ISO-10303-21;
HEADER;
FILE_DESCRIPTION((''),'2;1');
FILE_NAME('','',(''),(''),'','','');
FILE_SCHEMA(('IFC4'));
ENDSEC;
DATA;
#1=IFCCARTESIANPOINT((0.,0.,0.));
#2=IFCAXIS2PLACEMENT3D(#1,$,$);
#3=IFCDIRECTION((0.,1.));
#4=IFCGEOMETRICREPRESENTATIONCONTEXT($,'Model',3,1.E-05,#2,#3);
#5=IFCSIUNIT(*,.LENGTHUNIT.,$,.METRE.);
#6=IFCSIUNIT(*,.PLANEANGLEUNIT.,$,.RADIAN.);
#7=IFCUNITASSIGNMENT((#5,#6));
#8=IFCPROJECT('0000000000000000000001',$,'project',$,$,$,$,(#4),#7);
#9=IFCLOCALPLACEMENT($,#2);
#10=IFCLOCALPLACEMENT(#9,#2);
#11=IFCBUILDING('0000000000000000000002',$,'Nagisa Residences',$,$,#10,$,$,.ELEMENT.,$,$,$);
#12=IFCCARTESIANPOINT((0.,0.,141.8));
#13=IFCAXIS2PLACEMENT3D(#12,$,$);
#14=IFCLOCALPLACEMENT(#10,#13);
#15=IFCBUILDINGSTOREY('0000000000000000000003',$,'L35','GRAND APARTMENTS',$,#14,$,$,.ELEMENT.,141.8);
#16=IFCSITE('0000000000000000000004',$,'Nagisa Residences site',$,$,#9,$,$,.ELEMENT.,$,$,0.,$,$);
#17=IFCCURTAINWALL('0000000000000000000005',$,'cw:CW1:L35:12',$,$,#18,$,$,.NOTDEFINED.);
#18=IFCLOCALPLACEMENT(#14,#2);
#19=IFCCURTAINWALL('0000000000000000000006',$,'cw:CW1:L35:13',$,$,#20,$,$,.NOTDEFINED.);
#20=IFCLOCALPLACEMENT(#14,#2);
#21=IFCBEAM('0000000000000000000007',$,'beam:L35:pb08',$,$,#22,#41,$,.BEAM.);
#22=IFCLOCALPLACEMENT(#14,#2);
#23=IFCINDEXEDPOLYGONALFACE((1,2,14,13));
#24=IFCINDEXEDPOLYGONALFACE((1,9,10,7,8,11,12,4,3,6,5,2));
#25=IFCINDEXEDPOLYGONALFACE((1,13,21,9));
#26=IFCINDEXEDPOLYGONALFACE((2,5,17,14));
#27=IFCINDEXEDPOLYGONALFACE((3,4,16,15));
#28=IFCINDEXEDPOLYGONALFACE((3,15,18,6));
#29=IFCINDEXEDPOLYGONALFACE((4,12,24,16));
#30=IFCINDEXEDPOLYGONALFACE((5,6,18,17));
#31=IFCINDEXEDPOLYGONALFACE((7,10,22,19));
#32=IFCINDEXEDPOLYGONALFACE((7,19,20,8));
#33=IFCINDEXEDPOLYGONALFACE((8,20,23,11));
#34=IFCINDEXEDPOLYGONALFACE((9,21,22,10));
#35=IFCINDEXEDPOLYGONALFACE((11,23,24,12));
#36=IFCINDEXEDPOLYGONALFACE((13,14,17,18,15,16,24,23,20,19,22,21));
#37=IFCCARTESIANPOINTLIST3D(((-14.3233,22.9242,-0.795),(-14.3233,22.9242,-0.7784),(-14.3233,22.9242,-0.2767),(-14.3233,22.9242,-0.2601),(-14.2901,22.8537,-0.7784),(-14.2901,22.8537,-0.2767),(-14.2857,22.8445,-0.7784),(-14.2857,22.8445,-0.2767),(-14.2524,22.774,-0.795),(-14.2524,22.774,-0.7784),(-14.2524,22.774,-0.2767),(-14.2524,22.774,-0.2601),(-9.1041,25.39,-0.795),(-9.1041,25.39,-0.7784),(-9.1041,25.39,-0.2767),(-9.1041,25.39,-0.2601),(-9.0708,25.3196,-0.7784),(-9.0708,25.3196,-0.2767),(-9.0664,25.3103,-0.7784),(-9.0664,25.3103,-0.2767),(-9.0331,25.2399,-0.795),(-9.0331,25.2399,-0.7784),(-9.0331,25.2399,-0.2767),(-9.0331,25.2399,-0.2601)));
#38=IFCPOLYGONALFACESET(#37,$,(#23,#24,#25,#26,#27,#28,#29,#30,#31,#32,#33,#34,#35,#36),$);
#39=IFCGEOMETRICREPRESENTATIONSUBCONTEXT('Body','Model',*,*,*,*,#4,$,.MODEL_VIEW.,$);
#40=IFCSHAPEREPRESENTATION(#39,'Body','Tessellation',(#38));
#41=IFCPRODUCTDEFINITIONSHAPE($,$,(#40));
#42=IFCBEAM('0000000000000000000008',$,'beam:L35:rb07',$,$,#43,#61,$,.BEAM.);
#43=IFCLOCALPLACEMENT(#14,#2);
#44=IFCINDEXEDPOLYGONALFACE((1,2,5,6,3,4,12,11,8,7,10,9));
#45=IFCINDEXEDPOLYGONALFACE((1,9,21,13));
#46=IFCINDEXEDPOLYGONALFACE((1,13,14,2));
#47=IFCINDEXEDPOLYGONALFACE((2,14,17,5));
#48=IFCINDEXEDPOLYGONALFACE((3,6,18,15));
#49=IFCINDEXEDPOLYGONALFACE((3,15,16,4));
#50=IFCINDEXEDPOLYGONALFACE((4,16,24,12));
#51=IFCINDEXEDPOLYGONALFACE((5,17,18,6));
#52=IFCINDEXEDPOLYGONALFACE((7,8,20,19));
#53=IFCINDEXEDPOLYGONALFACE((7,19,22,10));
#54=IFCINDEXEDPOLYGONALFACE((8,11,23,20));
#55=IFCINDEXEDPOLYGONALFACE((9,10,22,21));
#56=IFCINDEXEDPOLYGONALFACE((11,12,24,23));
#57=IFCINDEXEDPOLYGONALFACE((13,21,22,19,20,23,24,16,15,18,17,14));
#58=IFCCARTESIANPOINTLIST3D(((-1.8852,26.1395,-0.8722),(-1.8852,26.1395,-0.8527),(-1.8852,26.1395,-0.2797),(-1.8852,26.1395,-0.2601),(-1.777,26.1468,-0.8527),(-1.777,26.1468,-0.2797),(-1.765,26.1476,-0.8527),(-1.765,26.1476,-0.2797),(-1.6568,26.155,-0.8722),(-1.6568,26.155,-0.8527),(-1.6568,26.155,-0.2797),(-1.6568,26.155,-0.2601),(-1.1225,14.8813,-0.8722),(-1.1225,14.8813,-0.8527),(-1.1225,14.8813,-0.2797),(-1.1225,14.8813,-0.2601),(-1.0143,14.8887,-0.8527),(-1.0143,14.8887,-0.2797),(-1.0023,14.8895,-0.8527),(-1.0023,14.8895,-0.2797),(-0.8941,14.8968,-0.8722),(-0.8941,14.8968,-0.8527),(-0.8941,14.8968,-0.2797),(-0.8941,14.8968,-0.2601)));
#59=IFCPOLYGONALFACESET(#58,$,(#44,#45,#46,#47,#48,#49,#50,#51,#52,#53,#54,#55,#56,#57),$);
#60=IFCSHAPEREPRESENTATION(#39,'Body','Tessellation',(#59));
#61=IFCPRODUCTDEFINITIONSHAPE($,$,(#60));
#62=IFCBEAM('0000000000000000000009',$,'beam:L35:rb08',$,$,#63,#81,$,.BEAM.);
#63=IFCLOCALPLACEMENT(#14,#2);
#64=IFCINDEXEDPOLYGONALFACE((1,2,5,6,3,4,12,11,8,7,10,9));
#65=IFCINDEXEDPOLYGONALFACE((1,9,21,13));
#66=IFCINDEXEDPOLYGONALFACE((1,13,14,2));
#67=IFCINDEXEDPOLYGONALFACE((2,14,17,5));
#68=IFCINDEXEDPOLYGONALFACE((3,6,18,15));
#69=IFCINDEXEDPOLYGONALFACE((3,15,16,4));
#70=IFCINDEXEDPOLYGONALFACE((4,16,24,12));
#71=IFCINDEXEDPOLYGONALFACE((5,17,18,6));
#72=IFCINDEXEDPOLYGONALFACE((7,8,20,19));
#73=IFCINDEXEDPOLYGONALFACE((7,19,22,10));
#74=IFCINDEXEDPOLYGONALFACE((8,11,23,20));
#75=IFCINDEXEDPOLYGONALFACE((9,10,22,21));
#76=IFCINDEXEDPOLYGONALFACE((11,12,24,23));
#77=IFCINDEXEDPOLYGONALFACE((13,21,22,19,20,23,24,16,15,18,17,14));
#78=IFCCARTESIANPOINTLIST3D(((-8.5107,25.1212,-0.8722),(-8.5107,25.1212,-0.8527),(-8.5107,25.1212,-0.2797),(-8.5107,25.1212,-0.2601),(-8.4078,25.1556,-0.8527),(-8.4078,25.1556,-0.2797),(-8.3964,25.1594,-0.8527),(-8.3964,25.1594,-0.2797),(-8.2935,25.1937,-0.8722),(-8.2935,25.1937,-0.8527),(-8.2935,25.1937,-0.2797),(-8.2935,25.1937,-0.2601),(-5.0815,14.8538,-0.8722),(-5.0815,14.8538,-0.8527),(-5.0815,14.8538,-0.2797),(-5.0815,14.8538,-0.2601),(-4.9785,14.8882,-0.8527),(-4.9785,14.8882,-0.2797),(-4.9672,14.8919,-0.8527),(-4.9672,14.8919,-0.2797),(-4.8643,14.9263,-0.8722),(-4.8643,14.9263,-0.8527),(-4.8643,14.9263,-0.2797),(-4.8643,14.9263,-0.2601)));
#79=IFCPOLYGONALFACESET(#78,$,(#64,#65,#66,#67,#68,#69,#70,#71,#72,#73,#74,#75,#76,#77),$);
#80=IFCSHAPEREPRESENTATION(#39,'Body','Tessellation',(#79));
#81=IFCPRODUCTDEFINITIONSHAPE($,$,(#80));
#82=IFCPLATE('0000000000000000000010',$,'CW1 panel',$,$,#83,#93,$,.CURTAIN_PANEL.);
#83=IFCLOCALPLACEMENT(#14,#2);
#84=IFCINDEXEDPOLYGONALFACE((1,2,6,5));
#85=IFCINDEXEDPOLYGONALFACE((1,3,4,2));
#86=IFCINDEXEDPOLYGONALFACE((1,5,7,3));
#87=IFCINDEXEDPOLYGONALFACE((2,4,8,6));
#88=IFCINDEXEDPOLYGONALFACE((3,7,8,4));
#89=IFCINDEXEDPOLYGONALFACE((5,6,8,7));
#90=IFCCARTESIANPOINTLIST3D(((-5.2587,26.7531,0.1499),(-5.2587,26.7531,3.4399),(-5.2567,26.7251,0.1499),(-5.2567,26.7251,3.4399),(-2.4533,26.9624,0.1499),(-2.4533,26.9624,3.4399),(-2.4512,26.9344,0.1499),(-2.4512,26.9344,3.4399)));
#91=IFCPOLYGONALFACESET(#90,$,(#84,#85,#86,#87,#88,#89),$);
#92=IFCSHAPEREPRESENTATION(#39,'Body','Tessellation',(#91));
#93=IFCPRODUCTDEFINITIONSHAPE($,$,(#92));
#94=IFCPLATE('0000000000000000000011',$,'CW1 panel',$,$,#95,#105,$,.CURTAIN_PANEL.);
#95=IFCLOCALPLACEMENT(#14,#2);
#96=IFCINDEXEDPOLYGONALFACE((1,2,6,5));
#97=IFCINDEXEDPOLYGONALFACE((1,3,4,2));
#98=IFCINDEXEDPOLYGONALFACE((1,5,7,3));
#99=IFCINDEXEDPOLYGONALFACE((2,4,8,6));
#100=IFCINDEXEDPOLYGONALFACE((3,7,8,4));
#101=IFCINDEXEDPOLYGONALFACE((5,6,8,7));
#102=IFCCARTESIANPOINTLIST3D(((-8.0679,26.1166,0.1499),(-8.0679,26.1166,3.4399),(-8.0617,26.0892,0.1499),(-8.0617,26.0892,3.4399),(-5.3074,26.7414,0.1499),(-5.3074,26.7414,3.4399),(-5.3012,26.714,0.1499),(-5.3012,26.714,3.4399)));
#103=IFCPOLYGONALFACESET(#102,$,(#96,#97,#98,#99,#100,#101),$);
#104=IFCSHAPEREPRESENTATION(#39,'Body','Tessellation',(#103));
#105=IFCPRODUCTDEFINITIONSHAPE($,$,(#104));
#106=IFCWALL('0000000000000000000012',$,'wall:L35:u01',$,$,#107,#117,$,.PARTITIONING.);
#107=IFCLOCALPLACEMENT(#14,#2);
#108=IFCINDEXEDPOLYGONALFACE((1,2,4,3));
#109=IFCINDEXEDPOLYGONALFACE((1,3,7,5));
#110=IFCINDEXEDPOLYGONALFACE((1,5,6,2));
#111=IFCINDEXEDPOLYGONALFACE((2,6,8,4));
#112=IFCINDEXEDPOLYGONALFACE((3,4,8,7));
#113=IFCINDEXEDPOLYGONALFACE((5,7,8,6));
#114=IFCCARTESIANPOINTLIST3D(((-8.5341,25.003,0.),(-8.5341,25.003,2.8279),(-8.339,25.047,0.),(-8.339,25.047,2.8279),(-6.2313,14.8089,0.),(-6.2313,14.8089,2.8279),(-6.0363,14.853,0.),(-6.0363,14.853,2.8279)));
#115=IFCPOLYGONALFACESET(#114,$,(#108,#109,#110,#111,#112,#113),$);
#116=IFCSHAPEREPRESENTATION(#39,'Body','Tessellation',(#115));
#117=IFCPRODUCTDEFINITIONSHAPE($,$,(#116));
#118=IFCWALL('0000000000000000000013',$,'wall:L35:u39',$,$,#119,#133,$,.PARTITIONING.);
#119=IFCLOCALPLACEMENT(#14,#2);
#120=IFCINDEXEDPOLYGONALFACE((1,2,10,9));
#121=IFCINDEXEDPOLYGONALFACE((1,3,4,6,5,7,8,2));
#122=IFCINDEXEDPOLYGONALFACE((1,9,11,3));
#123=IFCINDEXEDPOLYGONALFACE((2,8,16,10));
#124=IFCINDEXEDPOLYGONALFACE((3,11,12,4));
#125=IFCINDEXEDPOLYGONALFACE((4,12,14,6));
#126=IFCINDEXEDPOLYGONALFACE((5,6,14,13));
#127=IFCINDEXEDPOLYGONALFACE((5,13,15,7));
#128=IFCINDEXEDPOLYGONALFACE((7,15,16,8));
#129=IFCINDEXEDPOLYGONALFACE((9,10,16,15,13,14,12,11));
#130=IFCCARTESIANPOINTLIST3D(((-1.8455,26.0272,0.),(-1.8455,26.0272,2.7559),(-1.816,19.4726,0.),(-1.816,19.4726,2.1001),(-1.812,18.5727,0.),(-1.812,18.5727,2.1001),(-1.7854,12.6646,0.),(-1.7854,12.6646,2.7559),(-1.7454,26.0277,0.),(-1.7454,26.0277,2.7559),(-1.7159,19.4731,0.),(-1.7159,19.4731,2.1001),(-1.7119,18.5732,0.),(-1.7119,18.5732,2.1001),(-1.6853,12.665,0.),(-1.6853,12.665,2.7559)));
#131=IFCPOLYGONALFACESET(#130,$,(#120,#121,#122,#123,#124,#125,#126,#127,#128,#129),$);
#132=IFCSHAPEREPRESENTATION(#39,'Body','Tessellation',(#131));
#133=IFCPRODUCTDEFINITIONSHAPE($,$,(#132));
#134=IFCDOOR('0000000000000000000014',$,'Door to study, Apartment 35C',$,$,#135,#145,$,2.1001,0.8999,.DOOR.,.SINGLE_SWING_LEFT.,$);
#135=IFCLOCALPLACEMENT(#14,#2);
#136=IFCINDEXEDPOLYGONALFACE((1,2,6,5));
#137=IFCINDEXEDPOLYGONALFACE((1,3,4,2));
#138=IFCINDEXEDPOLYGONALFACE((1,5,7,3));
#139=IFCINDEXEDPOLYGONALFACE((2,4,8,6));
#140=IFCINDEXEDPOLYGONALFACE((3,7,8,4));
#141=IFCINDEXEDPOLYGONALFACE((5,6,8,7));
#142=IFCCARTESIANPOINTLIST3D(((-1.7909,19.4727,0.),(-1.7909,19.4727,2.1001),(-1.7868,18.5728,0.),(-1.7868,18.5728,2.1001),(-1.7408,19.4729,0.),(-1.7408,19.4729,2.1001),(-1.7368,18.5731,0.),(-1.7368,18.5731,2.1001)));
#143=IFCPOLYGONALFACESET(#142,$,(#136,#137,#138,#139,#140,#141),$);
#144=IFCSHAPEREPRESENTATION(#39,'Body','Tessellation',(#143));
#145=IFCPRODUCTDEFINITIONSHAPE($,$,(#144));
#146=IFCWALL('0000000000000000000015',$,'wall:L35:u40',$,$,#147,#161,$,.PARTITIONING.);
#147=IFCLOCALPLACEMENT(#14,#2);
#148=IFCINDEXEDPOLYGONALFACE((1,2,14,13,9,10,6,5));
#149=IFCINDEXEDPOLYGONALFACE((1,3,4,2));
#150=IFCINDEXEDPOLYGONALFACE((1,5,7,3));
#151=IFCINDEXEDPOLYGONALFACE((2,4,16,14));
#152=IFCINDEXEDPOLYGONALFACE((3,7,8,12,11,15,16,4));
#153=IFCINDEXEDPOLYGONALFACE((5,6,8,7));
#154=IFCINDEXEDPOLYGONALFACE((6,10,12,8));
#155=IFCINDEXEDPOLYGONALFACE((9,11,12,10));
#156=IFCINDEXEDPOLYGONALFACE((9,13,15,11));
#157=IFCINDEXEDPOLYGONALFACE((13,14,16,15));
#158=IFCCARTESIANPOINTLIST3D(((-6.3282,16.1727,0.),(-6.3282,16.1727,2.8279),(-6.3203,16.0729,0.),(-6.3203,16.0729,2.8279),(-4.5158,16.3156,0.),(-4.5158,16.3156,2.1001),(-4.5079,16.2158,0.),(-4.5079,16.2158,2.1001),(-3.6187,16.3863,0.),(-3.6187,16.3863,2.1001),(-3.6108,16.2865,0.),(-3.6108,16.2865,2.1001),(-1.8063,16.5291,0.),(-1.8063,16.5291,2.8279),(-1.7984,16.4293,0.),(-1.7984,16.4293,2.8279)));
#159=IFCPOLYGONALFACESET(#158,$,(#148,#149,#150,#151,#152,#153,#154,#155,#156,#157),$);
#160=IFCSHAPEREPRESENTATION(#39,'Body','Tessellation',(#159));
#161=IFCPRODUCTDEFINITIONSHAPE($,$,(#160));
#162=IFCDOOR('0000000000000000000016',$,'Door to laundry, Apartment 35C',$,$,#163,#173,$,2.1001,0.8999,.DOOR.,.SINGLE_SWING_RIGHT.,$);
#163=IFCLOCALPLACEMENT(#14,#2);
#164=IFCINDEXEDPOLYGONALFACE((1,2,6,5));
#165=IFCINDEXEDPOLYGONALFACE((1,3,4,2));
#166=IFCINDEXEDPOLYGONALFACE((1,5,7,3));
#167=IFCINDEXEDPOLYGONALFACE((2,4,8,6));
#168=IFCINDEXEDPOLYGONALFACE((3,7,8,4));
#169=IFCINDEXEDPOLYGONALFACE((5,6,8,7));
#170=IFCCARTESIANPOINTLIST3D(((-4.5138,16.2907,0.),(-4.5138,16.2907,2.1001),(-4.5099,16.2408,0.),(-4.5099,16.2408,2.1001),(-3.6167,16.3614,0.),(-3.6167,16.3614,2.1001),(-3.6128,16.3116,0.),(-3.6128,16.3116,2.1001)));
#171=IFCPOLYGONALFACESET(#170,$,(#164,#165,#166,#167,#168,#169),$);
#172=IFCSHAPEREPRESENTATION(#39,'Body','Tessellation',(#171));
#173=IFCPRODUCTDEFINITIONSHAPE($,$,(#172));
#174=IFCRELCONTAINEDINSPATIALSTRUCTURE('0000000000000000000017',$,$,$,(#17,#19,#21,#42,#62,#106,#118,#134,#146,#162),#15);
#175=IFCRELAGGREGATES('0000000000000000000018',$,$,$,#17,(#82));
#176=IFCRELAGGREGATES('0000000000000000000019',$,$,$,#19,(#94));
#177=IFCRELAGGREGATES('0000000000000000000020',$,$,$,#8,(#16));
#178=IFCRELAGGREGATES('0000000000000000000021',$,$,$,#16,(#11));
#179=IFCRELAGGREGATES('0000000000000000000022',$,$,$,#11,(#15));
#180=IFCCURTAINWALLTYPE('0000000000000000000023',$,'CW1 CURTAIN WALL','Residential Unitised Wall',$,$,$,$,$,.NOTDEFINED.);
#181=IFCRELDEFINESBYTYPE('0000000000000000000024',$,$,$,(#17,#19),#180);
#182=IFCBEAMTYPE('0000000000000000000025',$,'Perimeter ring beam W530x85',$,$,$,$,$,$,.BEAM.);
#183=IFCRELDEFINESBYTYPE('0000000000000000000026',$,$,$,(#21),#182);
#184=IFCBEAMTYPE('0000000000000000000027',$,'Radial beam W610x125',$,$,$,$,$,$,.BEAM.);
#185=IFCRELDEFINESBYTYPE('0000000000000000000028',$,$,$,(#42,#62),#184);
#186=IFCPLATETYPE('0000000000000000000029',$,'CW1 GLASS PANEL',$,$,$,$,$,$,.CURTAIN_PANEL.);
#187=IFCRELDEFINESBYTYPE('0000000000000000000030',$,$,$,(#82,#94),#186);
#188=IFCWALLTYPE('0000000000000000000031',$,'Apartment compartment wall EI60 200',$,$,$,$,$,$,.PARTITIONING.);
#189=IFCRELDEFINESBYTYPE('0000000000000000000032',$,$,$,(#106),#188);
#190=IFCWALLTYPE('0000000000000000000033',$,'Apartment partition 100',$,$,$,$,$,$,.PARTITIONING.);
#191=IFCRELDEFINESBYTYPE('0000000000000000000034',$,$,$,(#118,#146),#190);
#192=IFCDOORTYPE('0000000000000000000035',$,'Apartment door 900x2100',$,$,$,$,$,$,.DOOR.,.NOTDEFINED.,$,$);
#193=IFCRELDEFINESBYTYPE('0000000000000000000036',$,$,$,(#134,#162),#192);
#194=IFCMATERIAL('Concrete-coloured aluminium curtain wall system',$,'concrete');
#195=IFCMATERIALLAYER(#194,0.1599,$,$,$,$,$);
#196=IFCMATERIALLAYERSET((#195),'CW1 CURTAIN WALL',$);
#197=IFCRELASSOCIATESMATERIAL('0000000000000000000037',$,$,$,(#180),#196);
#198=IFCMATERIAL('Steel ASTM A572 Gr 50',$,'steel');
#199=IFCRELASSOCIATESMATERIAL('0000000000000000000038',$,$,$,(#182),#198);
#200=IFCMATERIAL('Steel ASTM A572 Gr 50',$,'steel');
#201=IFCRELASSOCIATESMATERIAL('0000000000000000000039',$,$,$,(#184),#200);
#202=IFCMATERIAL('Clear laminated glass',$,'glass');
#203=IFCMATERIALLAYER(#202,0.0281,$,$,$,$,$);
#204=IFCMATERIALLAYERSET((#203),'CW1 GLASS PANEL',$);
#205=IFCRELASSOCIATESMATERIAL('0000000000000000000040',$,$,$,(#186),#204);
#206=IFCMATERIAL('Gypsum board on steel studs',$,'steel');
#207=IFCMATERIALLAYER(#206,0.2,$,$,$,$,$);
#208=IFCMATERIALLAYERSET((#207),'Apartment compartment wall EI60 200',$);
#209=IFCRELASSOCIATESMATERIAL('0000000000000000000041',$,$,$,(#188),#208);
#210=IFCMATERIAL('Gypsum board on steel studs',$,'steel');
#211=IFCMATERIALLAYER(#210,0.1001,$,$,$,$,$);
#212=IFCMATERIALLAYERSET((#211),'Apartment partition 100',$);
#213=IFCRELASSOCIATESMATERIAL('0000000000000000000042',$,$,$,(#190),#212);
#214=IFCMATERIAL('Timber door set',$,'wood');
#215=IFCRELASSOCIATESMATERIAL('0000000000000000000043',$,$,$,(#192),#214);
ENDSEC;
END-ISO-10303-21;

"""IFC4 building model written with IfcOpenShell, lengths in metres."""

from ifc_helpers import new_model, si_unit, direction, frame, frame_2d, origin, origin_2d, place, context, subcontext, project, spatial, rectangle, i_section, extrude, material, layer, layer_set, material_profile, profile_set, type_object, element, fill, aggregate, save


model = new_model("IFC4")

# Units and contexts
model_context = context("Model", 3, precision=1e-05, world=origin(), true_north=direction((0.0, 1.0)))
body_context = subcontext(model_context, "Body", "Model", "MODEL_VIEW")
ifc_project = project(units=[si_unit("LENGTHUNIT", "METRE"), si_unit("PLANEANGLEUNIT", "RADIAN")], contexts=[model_context])

# Site, building, storey
site_placement = place(None, origin())
site = spatial("IfcSite", under=ifc_project, at=site_placement, Name="Nagisa Residences site", CompositionType="ELEMENT", RefElevation=0.0)
building_placement = place(site_placement, origin())
building = spatial("IfcBuilding", under=site, at=building_placement, Name="Nagisa Residences", CompositionType="ELEMENT")
storey_placement = place(building_placement, frame((0.0, 0.0, 141.8)))
storey = spatial("IfcBuildingStorey", under=building, at=storey_placement, Name="L35", Description="GRAND APARTMENTS", CompositionType="ELEMENT", Elevation=141.8)

# Curtain walls
ifc_material_1 = material(Name="Concrete-coloured aluminium curtain wall system", Category="concrete")
ifc_layer_1 = layer(ifc_material_1, 0.1599)
ifc_layer_set_1 = layer_set([ifc_layer_1], Name="CW1 CURTAIN WALL")
curtain_wall_type = type_object("IfcCurtainWallType", Name="CW1 CURTAIN WALL", Description="Residential Unitised Wall", PredefinedType="NOTDEFINED", material=ifc_layer_set_1)
curtain_wall_1_placement = place(storey_placement, origin())
curtain_wall_1 = element("IfcCurtainWall", 1, at=curtain_wall_1_placement, inside=storey, type_object=curtain_wall_type, Name="cw:CW1:L35:12", PredefinedType="NOTDEFINED")
curtain_wall_2_placement = place(storey_placement, origin())
curtain_wall_2 = element("IfcCurtainWall", 2, at=curtain_wall_2_placement, inside=storey, type_object=curtain_wall_type, Name="cw:CW1:L35:13", PredefinedType="NOTDEFINED")

# Beams
ifc_material_2 = material(Name="Steel ASTM A572 Gr 50", Category="steel")
ifc_material_profile_1 = material_profile(ifc_material_2, i_section(OverallWidth=0.166, OverallDepth=0.5349, WebThickness=0.0103, FlangeThickness=0.0166, at=origin_2d()), Name="W530x85")
ifc_profile_set_1 = profile_set([ifc_material_profile_1], Name="Steel ASTM A572 Gr 50")
beam_type_1 = type_object("IfcBeamType", Name="Perimeter ring beam W530x85", PredefinedType="BEAM", material=ifc_profile_set_1)
beam_1_placement = place(storey_placement, frame((-9.0686, 25.3149, -0.5276), z_axis=(-0.90417, -0.427173, 0.0), x_axis=(0.427173, -0.90417, 0.0)))
element("IfcBeam", 3, at=beam_1_placement, inside=storey, type_object=beam_type_1, Name="beam:L35:pb08", PredefinedType="BEAM", context=body_context, shape_type="SweptSolid", body=[
    extrude(i_section(OverallWidth=0.166, OverallDepth=0.5349, WebThickness=0.0103, FlangeThickness=0.0166, at=origin_2d()), origin(), (0.0, 0.0, 1.0), 5.7725),
])
ifc_material_3 = material(Name="Steel ASTM A572 Gr 50", Category="steel")
ifc_material_profile_2 = material_profile(ifc_material_3, i_section(OverallWidth=0.229, OverallDepth=0.6121, WebThickness=0.012, FlangeThickness=0.0195, at=origin_2d()), Name="W610x125")
ifc_profile_set_2 = profile_set([ifc_material_profile_2], Name="Steel ASTM A572 Gr 50")
beam_type_2 = type_object("IfcBeamType", Name="Radial beam W610x125", PredefinedType="BEAM", material=ifc_profile_set_2)
beam_2_placement = place(storey_placement, frame((-1.771, 26.1472, -0.5662), z_axis=(0.067592, -0.997713, 0.0), x_axis=(0.997713, 0.067592, 0.0)))
element("IfcBeam", 4, at=beam_2_placement, inside=storey, type_object=beam_type_2, Name="beam:L35:rb07", PredefinedType="BEAM", context=body_context, shape_type="SweptSolid", body=[
    extrude(i_section(OverallWidth=0.229, OverallDepth=0.6121, WebThickness=0.012, FlangeThickness=0.0195, at=origin_2d()), origin(), (0.0, 0.0, 1.0), 11.2839),
])
beam_3_placement = place(storey_placement, frame((-8.4021, 25.1575, -0.5662), z_axis=(0.316789, -0.948496, 0.0), x_axis=(0.948496, 0.316789, 0.0)))
element("IfcBeam", 5, at=beam_3_placement, inside=storey, type_object=beam_type_2, Name="beam:L35:rb08", PredefinedType="BEAM", context=body_context, shape_type="SweptSolid", body=[
    extrude(i_section(OverallWidth=0.229, OverallDepth=0.6121, WebThickness=0.012, FlangeThickness=0.0195, at=origin_2d()), origin(), (0.0, 0.0, 1.0), 10.825),
])

# Plates
ifc_material_4 = material(Name="Clear laminated glass", Category="glass")
ifc_layer_2 = layer(ifc_material_4, 0.0281)
ifc_layer_set_2 = layer_set([ifc_layer_2], Name="CW1 GLASS PANEL")
plate_type = type_object("IfcPlateType", Name="CW1 GLASS PANEL", PredefinedType="CURTAIN_PANEL", material=ifc_layer_set_2)
plate_1_placement = place(storey_placement, frame((-3.855, 26.8438, 0.1499), z_axis=(0.0, 0.0, 1.0), x_axis=(-0.99723, -0.074377, 0.0)))
plate_1 = element("IfcPlate", 6, at=plate_1_placement, type_object=plate_type, Name="CW1 panel", PredefinedType="CURTAIN_PANEL", context=body_context, shape_type="SweptSolid", body=[
    extrude(rectangle(XDim=2.8132, YDim=0.0281, at=origin_2d()), origin(), (0.0, 0.0, 1.0), 3.29),
])
aggregate(curtain_wall_1, [plate_1])
plate_2_placement = place(storey_placement, frame((-6.6846, 26.4153, 0.1499), z_axis=(0.0, 0.0, 1.0), x_axis=(-0.975327, -0.220764, 0.0)))
plate_2 = element("IfcPlate", 7, at=plate_2_placement, type_object=plate_type, Name="CW1 panel", PredefinedType="CURTAIN_PANEL", context=body_context, shape_type="SweptSolid", body=[
    extrude(rectangle(XDim=2.8303, YDim=0.0281, at=origin_2d()), origin(), (0.0, 0.0, 1.0), 3.29),
])
aggregate(curtain_wall_2, [plate_2])

# Wall
ifc_material_5 = material(Name="Gypsum board on steel studs", Category="steel")
ifc_layer_3 = layer(ifc_material_5, 0.2)
ifc_layer_set_3 = layer_set([ifc_layer_3], Name="Apartment compartment wall EI60 200")
wall_type_1 = type_object("IfcWallType", Name="Apartment compartment wall EI60 200", PredefinedType="PARTITIONING", material=ifc_layer_set_3)
wall_1_placement = place(storey_placement, frame((-6.1338, 14.8308, 0.0), z_axis=(0.0, 0.0, 1.0), x_axis=(-0.220338, 0.975424, 0.0)))
element("IfcWall", 8, at=wall_1_placement, inside=storey, type_object=wall_type_1, Name="wall:L35:u01", PredefinedType="PARTITIONING", context=body_context, shape_type="SweptSolid", body=[
    extrude(rectangle(XDim=10.4509, YDim=0.2, at=frame_2d((5.2256, 0.0))), origin(), (0.0, 0.0, 1.0), 2.8279),
])

# Walls, openings, doors
ifc_material_6 = material(Name="Gypsum board on steel studs", Category="steel")
ifc_layer_4 = layer(ifc_material_6, 0.1001)
ifc_layer_set_4 = layer_set([ifc_layer_4], Name="Apartment partition 100")
wall_type_2 = type_object("IfcWallType", Name="Apartment partition 100", PredefinedType="PARTITIONING", material=ifc_layer_set_4)
wall_2_placement = place(storey_placement, frame((-1.7354, 12.6648, 0.0), z_axis=(0.0, 0.0, 1.0), x_axis=(-0.004495, 0.99999, 0.0)))
wall_2 = element("IfcWall", 9, at=wall_2_placement, inside=storey, type_object=wall_type_2, Name="wall:L35:u39", PredefinedType="PARTITIONING", context=body_context, shape_type="SweptSolid", body=[
    extrude(rectangle(XDim=13.3628, YDim=0.1001, at=frame_2d((6.6814, 0.0))), origin(), (0.0, 0.0, 1.0), 2.7559),
])
opening_1_placement = place(wall_2_placement, frame((5.9082, 0.0, 0.0)))
opening_1 = element("IfcOpeningElement", 10, at=opening_1_placement, cuts=wall_2, PredefinedType="OPENING", context=body_context, shape_type="SweptSolid", body=[
    extrude(rectangle(XDim=0.8999, YDim=2.1001, at=frame_2d((0.45, 1.05))), frame((0.0, 0.0601, 0.0), z_axis=(0.0, -1.0, 0.0), x_axis=(1.0, 0.0, 0.0)), (0.0, 0.0, 1.0), 0.1201),
])
ifc_material_7 = material(Name="Timber door set", Category="wood")
door_type_1 = type_object("IfcDoorType", Name="Apartment door 900x2100", OperationType="NOTDEFINED", PredefinedType="DOOR", material=ifc_material_7)
door_1_placement = place(opening_1_placement, origin())
door_1 = element("IfcDoor", 11, at=door_1_placement, inside=storey, type_object=door_type_1, Name="Door to study, Apartment 35C", OperationType="SINGLE_SWING_LEFT", OverallHeight=2.1001, OverallWidth=0.8999, PredefinedType="DOOR", context=body_context, shape_type="SweptSolid", body=[
    extrude(rectangle(XDim=0.8999, YDim=2.1001, at=frame_2d((0.45, 1.05))), frame((0.0, 0.0249, 0.0), z_axis=(0.0, -1.0, 0.0), x_axis=(1.0, 0.0, 0.0)), (0.0, 0.0, 1.0), 0.05),
])
fill(opening_1, door_1)
wall_3_placement = place(storey_placement, frame((-1.8022, 16.4792, 0.0), z_axis=(0.0, 0.0, 1.0), x_axis=(-0.996908, -0.078581, 0.0)))
wall_3 = element("IfcWall", 12, at=wall_3_placement, inside=storey, type_object=wall_type_2, Name="wall:L35:u40", PredefinedType="PARTITIONING", context=body_context, shape_type="SweptSolid", body=[
    extrude(rectangle(XDim=4.5359, YDim=0.1001, at=frame_2d((2.2681, 0.0))), origin(), (0.0, 0.0, 1.0), 2.8279),
])
opening_2_placement = place(wall_3_placement, frame((1.8181, 0.0, 0.0)))
opening_2 = element("IfcOpeningElement", 13, at=opening_2_placement, cuts=wall_3, PredefinedType="OPENING", context=body_context, shape_type="SweptSolid", body=[
    extrude(rectangle(XDim=0.8999, YDim=2.1001, at=frame_2d((0.45, 1.05))), frame((0.0, 0.0601, 0.0), z_axis=(0.0, -1.0, 0.0), x_axis=(1.0, 0.0, 0.0)), (0.0, 0.0, 1.0), 0.1201),
])
door_2_placement = place(opening_2_placement, origin())
door_2 = element("IfcDoor", 14, at=door_2_placement, inside=storey, type_object=door_type_1, Name="Door to laundry, Apartment 35C", OperationType="SINGLE_SWING_RIGHT", OverallHeight=2.1001, OverallWidth=0.8999, PredefinedType="DOOR", context=body_context, shape_type="SweptSolid", body=[
    extrude(rectangle(XDim=0.8999, YDim=2.1001, at=frame_2d((0.45, 1.05))), frame((0.0, 0.0249, 0.0), z_axis=(0.0, -1.0, 0.0), x_axis=(1.0, 0.0, 0.0)), (0.0, 0.0, 1.0), 0.05),
])
fill(opening_2, door_2)

save(model, "model.ifc")
